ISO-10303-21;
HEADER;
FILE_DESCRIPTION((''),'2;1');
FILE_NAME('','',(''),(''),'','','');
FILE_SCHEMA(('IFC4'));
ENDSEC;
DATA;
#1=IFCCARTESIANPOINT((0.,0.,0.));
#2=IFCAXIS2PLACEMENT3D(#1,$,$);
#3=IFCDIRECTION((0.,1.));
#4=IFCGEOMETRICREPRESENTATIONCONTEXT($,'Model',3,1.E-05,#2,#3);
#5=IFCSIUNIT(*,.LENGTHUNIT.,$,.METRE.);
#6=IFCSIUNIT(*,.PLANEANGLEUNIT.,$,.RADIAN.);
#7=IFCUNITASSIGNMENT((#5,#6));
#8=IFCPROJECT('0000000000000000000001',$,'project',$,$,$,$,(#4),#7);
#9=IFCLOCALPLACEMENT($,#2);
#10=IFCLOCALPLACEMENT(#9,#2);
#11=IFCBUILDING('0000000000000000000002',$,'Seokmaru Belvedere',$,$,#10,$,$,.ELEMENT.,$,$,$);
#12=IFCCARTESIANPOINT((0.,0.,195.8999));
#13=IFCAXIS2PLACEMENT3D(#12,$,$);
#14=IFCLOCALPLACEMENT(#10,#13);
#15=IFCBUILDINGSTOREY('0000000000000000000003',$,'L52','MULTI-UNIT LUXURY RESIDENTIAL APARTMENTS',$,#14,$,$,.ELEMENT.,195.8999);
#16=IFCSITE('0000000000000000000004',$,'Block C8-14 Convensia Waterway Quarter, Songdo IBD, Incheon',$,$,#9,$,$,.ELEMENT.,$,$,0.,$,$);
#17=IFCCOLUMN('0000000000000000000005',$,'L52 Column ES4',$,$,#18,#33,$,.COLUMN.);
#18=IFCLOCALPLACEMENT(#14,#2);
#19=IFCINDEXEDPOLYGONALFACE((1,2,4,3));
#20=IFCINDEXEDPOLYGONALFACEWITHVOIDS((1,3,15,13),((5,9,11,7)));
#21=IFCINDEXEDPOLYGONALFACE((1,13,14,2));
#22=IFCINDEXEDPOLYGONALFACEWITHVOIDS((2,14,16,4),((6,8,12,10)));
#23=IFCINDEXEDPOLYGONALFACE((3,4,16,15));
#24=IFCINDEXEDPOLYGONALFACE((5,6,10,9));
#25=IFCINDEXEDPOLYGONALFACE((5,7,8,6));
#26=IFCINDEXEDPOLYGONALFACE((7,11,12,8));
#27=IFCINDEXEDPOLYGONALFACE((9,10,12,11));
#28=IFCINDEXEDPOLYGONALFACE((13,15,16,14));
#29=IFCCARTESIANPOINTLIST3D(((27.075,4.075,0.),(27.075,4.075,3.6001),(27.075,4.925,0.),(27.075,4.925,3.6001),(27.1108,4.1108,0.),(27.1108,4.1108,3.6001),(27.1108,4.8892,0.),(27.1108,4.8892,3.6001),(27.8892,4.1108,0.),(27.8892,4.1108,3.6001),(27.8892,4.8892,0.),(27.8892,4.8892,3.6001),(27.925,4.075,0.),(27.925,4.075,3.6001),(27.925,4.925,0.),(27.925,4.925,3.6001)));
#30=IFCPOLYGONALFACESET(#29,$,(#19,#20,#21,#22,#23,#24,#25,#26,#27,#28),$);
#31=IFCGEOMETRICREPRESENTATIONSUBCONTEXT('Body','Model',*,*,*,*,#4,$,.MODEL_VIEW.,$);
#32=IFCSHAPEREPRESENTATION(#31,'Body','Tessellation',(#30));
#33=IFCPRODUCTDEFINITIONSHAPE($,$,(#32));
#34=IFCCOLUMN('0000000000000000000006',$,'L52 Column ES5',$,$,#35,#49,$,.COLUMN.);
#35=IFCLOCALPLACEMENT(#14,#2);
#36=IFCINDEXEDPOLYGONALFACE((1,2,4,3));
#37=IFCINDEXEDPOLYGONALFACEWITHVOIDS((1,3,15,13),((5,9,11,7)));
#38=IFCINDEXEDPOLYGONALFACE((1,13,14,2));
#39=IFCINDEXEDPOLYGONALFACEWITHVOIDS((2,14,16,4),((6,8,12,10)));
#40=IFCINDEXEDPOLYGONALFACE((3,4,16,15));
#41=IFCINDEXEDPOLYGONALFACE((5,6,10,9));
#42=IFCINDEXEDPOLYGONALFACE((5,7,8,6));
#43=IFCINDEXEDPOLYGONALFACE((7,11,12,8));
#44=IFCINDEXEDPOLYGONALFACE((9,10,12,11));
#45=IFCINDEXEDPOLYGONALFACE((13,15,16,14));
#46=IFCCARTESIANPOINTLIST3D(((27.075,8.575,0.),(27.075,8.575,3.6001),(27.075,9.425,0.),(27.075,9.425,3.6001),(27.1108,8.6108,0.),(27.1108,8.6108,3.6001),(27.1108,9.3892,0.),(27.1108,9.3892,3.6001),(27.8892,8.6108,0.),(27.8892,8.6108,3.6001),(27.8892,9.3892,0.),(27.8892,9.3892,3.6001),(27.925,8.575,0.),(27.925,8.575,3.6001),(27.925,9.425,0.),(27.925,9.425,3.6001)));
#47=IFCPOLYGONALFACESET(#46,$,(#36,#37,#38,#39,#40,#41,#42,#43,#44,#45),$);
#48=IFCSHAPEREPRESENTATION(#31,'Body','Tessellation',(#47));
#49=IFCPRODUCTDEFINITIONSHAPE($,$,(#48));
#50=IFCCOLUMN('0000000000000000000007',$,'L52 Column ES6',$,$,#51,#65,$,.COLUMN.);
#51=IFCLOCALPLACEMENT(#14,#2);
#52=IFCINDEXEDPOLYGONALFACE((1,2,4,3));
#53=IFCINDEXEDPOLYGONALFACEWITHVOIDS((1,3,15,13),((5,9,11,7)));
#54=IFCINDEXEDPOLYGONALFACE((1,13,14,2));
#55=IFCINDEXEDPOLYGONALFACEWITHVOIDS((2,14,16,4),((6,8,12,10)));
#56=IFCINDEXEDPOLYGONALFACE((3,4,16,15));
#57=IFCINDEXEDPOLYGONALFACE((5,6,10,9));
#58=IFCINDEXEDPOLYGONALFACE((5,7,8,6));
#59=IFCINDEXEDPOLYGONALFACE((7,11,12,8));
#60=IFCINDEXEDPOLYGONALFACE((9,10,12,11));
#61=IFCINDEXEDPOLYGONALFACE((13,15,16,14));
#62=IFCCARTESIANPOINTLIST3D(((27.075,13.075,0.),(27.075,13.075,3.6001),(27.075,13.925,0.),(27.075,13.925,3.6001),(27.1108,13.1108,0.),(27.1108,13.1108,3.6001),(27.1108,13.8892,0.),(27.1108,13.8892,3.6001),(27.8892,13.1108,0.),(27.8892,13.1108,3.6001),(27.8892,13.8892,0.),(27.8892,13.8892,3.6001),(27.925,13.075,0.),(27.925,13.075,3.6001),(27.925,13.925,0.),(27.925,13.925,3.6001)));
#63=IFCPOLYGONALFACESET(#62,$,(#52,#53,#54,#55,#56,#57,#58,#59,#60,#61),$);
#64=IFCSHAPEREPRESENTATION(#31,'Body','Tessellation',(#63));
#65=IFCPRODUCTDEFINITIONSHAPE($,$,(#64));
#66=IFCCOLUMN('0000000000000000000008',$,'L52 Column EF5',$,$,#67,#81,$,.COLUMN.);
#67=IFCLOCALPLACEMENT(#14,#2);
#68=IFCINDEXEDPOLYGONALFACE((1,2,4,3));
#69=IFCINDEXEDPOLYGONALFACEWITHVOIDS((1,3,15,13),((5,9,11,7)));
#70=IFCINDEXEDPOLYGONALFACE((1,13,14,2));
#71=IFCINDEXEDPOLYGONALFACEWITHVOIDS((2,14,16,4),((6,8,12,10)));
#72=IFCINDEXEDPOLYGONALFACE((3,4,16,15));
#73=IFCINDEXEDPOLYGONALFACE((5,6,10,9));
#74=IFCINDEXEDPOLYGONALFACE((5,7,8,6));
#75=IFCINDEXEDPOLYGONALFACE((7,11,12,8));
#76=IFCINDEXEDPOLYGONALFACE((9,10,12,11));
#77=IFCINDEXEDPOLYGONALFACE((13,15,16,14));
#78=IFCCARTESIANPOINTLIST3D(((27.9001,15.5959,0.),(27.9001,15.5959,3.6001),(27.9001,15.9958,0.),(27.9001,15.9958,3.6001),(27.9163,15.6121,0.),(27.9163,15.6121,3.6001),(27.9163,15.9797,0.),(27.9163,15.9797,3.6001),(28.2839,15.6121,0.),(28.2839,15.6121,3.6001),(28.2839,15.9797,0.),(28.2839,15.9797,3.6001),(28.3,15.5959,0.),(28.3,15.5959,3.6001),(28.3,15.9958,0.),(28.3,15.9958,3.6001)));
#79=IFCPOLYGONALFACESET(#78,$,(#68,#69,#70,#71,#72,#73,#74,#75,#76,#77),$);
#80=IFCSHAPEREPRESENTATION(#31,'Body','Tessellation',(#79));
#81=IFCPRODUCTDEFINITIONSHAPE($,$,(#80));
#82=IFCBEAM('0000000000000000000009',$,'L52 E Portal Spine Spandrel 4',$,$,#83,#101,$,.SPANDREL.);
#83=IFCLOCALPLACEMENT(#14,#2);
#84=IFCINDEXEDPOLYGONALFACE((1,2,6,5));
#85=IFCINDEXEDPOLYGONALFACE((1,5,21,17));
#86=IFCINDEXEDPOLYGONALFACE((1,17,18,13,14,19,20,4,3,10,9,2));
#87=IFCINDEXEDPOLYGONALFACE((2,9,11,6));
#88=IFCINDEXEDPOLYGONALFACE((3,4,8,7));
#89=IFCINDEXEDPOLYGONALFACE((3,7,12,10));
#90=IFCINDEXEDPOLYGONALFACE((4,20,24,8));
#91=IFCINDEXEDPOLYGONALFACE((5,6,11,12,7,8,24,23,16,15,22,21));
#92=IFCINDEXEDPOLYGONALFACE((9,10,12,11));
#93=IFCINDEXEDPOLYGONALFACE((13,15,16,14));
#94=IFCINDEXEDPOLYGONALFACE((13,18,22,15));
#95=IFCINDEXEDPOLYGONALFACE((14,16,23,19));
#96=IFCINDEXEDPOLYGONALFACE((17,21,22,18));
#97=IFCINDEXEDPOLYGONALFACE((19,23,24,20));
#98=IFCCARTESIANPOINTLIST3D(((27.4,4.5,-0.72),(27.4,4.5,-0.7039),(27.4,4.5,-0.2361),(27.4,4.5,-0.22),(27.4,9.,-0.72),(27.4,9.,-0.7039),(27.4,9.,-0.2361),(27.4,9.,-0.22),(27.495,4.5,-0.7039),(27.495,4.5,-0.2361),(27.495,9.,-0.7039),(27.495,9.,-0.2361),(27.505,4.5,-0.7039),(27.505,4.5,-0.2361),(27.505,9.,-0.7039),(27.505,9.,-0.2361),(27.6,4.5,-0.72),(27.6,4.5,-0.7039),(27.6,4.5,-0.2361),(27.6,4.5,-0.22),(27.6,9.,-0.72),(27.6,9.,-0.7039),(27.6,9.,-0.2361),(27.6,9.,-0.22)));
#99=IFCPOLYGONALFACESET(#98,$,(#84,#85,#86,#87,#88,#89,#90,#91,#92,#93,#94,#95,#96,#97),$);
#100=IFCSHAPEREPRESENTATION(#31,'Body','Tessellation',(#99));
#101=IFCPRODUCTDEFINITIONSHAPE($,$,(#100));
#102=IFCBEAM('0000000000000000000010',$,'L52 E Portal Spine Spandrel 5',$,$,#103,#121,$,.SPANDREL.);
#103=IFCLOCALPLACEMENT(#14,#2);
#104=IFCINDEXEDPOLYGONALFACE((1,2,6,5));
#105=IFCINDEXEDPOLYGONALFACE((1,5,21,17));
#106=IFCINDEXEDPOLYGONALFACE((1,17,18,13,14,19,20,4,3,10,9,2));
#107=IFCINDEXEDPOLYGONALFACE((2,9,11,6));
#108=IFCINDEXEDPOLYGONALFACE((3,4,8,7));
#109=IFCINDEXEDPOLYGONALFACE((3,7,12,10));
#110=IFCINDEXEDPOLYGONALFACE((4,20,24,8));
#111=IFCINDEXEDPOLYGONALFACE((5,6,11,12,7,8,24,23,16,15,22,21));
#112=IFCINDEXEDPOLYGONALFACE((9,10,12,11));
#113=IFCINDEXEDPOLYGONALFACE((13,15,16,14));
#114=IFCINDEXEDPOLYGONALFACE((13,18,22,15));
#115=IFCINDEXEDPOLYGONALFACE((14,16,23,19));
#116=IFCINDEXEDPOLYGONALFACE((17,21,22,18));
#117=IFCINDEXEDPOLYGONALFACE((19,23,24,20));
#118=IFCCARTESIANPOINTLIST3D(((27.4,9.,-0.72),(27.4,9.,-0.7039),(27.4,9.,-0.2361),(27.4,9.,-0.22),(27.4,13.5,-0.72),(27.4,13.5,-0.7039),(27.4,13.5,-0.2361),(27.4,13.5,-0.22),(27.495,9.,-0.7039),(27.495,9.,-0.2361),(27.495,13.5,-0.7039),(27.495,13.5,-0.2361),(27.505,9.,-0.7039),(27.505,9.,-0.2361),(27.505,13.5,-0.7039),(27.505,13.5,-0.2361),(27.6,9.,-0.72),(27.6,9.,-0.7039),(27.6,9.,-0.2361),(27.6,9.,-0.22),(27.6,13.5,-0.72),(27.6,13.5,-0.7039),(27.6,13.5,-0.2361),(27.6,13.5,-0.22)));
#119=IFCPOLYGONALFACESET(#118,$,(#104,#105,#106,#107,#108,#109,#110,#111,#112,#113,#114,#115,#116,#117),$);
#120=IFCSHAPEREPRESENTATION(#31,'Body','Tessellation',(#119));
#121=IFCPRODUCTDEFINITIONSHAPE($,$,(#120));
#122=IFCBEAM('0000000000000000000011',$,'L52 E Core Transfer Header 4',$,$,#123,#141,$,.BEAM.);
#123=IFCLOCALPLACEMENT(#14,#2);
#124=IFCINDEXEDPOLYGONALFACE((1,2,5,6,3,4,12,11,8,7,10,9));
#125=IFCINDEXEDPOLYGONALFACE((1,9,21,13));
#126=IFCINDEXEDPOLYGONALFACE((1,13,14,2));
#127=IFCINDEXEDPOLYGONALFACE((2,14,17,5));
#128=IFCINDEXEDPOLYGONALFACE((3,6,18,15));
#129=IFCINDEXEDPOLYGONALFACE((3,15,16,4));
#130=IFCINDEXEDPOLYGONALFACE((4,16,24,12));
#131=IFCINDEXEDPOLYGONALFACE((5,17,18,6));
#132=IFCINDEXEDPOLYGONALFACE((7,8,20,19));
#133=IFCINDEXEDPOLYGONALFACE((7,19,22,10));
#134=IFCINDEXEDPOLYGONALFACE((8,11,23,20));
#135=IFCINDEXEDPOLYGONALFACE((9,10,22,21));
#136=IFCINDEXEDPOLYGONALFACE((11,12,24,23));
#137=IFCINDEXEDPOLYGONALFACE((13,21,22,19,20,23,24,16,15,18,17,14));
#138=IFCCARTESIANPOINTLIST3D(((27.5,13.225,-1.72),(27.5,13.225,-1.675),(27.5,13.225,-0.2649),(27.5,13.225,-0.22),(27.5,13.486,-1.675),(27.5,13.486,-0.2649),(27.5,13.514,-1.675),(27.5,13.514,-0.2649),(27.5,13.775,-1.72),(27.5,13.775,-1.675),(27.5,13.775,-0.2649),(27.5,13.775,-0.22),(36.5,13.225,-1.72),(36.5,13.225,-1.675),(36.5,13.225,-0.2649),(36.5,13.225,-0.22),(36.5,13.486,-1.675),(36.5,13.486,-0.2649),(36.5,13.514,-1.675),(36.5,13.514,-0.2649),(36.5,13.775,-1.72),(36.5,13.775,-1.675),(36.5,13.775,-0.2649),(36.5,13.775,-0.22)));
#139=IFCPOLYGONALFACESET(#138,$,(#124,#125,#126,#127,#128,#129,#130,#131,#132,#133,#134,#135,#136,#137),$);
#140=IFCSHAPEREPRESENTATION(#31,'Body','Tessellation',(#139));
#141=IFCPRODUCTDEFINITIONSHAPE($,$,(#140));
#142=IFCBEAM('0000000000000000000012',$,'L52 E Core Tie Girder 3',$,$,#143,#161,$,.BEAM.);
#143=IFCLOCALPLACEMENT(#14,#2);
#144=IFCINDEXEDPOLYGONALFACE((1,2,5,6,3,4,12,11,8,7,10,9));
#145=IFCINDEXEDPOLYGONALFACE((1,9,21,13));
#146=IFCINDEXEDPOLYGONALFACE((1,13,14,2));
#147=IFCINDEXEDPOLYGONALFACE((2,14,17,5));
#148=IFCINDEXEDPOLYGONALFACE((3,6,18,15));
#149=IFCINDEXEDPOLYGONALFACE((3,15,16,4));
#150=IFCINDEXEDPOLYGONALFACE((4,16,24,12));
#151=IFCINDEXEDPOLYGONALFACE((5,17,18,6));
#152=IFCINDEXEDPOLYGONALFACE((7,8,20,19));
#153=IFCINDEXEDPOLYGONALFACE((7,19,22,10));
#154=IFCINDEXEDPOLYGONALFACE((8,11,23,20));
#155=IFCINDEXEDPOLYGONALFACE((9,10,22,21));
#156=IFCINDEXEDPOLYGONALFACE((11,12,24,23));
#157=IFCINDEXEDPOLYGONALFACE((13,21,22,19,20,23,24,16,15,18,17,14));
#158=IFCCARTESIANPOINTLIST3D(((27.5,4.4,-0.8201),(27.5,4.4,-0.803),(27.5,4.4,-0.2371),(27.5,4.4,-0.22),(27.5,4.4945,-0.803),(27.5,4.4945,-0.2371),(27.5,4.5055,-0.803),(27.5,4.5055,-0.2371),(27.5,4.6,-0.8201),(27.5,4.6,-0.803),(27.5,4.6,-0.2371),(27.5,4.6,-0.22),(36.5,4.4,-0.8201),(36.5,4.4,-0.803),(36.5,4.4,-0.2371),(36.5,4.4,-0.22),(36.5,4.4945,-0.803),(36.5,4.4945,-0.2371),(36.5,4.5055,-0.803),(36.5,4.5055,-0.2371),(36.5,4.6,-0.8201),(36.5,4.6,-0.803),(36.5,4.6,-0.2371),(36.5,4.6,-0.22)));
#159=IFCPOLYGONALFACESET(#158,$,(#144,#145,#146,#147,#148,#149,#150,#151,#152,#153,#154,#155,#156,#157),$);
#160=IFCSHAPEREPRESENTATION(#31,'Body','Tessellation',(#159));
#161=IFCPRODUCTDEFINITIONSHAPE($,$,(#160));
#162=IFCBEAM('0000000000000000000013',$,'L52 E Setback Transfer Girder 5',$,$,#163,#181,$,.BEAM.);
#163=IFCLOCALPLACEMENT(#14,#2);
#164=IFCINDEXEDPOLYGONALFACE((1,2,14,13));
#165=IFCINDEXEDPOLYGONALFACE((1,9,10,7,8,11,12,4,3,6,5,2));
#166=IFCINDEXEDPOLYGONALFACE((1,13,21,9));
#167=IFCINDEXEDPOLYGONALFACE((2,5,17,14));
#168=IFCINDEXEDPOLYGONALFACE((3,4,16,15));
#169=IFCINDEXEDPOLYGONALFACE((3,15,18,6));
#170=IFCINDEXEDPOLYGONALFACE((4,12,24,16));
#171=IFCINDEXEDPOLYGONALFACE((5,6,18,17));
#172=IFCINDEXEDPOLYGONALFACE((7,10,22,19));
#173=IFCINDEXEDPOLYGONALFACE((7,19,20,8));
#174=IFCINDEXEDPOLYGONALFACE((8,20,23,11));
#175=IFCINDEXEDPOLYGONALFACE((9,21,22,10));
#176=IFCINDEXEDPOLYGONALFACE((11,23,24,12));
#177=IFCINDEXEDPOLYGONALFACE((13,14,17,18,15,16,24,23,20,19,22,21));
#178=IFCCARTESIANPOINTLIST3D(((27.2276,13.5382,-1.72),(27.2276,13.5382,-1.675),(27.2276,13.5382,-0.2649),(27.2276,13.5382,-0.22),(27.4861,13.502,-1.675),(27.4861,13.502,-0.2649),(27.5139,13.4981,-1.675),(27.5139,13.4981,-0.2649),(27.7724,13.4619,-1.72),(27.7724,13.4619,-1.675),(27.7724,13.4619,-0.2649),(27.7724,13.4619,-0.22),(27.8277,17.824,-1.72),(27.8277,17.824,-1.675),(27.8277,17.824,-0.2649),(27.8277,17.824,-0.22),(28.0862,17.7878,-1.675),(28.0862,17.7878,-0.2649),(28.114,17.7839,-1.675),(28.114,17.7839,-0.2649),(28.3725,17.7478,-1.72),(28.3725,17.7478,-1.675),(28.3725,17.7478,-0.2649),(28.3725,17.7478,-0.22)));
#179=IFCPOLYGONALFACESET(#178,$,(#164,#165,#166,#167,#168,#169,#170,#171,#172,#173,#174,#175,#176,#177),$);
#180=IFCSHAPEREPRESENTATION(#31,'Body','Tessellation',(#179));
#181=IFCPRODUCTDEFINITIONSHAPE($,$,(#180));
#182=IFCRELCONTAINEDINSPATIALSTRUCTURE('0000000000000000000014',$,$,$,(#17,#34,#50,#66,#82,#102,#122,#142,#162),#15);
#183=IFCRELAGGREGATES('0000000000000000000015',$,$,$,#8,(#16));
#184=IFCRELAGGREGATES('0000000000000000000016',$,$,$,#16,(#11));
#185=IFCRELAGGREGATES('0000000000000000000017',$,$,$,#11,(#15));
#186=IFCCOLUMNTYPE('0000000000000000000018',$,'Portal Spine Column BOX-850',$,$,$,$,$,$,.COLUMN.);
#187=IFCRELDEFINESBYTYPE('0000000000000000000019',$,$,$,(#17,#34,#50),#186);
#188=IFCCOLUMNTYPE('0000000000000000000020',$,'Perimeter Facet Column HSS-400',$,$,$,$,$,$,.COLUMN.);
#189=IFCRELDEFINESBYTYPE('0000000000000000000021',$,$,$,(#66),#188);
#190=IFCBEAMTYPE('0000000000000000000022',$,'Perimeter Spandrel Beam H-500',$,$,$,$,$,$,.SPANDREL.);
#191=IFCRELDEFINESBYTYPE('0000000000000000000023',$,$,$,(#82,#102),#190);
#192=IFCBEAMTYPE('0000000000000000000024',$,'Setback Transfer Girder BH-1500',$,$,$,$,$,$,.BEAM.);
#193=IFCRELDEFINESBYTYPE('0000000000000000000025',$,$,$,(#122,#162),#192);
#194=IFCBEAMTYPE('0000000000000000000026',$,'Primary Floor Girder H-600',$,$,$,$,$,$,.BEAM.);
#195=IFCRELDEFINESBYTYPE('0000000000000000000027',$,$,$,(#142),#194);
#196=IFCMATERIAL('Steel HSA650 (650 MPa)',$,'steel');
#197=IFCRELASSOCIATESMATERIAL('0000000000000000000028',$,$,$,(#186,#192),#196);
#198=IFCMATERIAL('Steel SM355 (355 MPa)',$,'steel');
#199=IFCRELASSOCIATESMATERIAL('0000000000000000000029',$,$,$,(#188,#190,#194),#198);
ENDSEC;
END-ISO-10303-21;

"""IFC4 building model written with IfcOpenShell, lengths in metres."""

from ifc_helpers import new_model, si_unit, direction, frame, origin, origin_2d, place, context, subcontext, project, spatial, hollow_rectangle, i_section, extrude, source, transform, mapped, material, material_profile, profile_set, type_object, type_shapes, element, save


model = new_model("IFC4")

# Units and contexts
model_context = context("Model", 3, precision=1e-05, world=origin(), true_north=direction((0.0, 1.0)))
body_context = subcontext(model_context, "Body", "Model", "MODEL_VIEW")
ifc_project = project(units=[si_unit("LENGTHUNIT", "METRE"), si_unit("PLANEANGLEUNIT", "RADIAN")], contexts=[model_context])

# Site, building, storey
site_placement = place(None, origin())
site = spatial("IfcSite", under=ifc_project, at=site_placement, Name="Block C8-14 Convensia Waterway Quarter, Songdo IBD, Incheon", CompositionType="ELEMENT", RefElevation=0.0)
building_placement = place(site_placement, origin())
building = spatial("IfcBuilding", under=site, at=building_placement, Name="Seokmaru Belvedere", CompositionType="ELEMENT")
storey_placement = place(building_placement, frame((0.0, 0.0, 195.8999)))
storey = spatial("IfcBuildingStorey", under=building, at=storey_placement, Name="L52", Description="MULTI-UNIT LUXURY RESIDENTIAL APARTMENTS", CompositionType="ELEMENT", Elevation=195.8999)

# Columns
ifc_material_1 = material(Name="Steel HSA650 (650 MPa)", Category="steel")
ifc_material_profile_1 = material_profile(ifc_material_1, hollow_rectangle(XDim=0.8501, YDim=0.8501, WallThickness=0.0359, at=origin_2d()), Name="BOX-850x850x36")
ifc_profile_set_1 = profile_set([ifc_material_profile_1], Name="Steel HSA650 (650 MPa)")
column_type_1 = type_object("IfcColumnType", Name="Portal Spine Column BOX-850", PredefinedType="COLUMN", material=ifc_profile_set_1)
shared_shape_1 = source(origin(), body_context, "Body", "SweptSolid", [
    extrude(hollow_rectangle(XDim=0.8501, YDim=0.8501, WallThickness=0.0359, at=origin_2d()), origin(), (0.0, 0.0, 1.0), 3.6001),
])
type_shapes(column_type_1, [shared_shape_1])
for number, where, z_axis, x_axis, name in (
    (1, (27.5, 4.5, 0.0), (0.0, 0.0, 1.0), (1.0, 0.0, 0.0), "L52 Column ES4"),
    (2, (27.5, 9.0, 0.0), (0.0, 0.0, 1.0), (1.0, 0.0, 0.0), "L52 Column ES5"),
    (3, (27.5, 13.5, 0.0), (0.0, 0.0, 1.0), (1.0, 0.0, 0.0), "L52 Column ES6"),
):
    element("IfcColumn", number, at=place(storey_placement, frame(where, z_axis=z_axis, x_axis=x_axis)), inside=storey, type_object=column_type_1, Name=name, PredefinedType="COLUMN", context=body_context, shape_type="MappedRepresentation", body=[
        mapped(shared_shape_1, transform((0.0, 0.0, 0.0), scale=1.0)),
    ])
ifc_material_2 = material(Name="Steel SM355 (355 MPa)", Category="steel")
ifc_material_profile_2 = material_profile(ifc_material_2, hollow_rectangle(XDim=0.3999, YDim=0.3999, WallThickness=0.0161, at=origin_2d()), Name="HSS-400x400x16")
ifc_profile_set_2 = profile_set([ifc_material_profile_2], Name="Steel SM355 (355 MPa)")
column_type_2 = type_object("IfcColumnType", Name="Perimeter Facet Column HSS-400", PredefinedType="COLUMN", material=ifc_profile_set_2)
shared_shape_2 = source(origin(), body_context, "Body", "SweptSolid", [
    extrude(hollow_rectangle(XDim=0.3999, YDim=0.3999, WallThickness=0.0161, at=origin_2d()), origin(), (0.0, 0.0, 1.0), 3.6001),
])
type_shapes(column_type_2, [shared_shape_2])
column_placement = place(storey_placement, frame((28.1001, 15.7959, 0.0), z_axis=(0.0, 0.0, 1.0), x_axis=(1.0, 0.0, 0.0)))
element("IfcColumn", 4, at=column_placement, inside=storey, type_object=column_type_2, Name="L52 Column EF5", PredefinedType="COLUMN", context=body_context, shape_type="MappedRepresentation", body=[
    mapped(shared_shape_2, transform((0.0, 0.0, 0.0), scale=1.0)),
])

# Beams
ifc_material_profile_3 = material_profile(ifc_material_2, i_section(OverallWidth=0.2, OverallDepth=0.5, WebThickness=0.01, FlangeThickness=0.0161, at=origin_2d()), Name="H-500x200x10x16")
ifc_profile_set_3 = profile_set([ifc_material_profile_3], Name="Steel SM355 (355 MPa)")
beam_type_1 = type_object("IfcBeamType", Name="Perimeter Spandrel Beam H-500", PredefinedType="SPANDREL", material=ifc_profile_set_3)
shared_shape_3 = source(origin(), body_context, "Body", "SweptSolid", [
    extrude(i_section(OverallWidth=0.2, OverallDepth=0.5, WebThickness=0.01, FlangeThickness=0.0161, at=origin_2d()), origin(), (0.0, 0.0, 1.0), 4.5),
])
type_shapes(beam_type_1, [shared_shape_3])
for number, where, z_axis, x_axis, name in (
    (5, (27.5, 4.5, -0.47), (0.0, 1.0, 0.0), (-1.0, 0.0, 0.0), "L52 E Portal Spine Spandrel 4"),
    (6, (27.5, 9.0, -0.47), (0.0, 1.0, 0.0), (-1.0, 0.0, 0.0), "L52 E Portal Spine Spandrel 5"),
):
    element("IfcBeam", number, at=place(storey_placement, frame(where, z_axis=z_axis, x_axis=x_axis)), inside=storey, type_object=beam_type_1, Name=name, PredefinedType="SPANDREL", context=body_context, shape_type="MappedRepresentation", body=[
        mapped(shared_shape_3, transform((0.0, 0.0, 0.0), scale=1.0)),
    ])
ifc_material_profile_4 = material_profile(ifc_material_1, i_section(OverallWidth=0.55, OverallDepth=1.5, WebThickness=0.0281, FlangeThickness=0.0449, at=origin_2d()), Name="BH-1500x550x28x45")
ifc_profile_set_4 = profile_set([ifc_material_profile_4], Name="Steel HSA650 (650 MPa)")
beam_type_2 = type_object("IfcBeamType", Name="Setback Transfer Girder BH-1500", PredefinedType="BEAM", material=ifc_profile_set_4)
shared_shape_4 = source(origin(), body_context, "Body", "SweptSolid", [
    extrude(i_section(OverallWidth=0.55, OverallDepth=1.5, WebThickness=0.0281, FlangeThickness=0.0449, at=origin_2d()), origin(), (0.0, 0.0, 1.0), 9.0),
])
beam_1_placement = place(storey_placement, frame((27.5, 13.5, -0.97), z_axis=(1.0, 0.0, 0.0), x_axis=(0.0, 1.0, 0.0)))
element("IfcBeam", 7, at=beam_1_placement, inside=storey, type_object=beam_type_2, Name="L52 E Core Transfer Header 4", PredefinedType="BEAM", context=body_context, shape_type="MappedRepresentation", body=[
    mapped(shared_shape_4, transform((0.0, 0.0, 0.0), scale=1.0)),
])
ifc_material_profile_5 = material_profile(ifc_material_2, i_section(OverallWidth=0.2, OverallDepth=0.6001, WebThickness=0.011, FlangeThickness=0.0171, at=origin_2d()), Name="H-600x200x11x17")
ifc_profile_set_5 = profile_set([ifc_material_profile_5], Name="Steel SM355 (355 MPa)")
beam_type_3 = type_object("IfcBeamType", Name="Primary Floor Girder H-600", PredefinedType="BEAM", material=ifc_profile_set_5)
shared_shape_5 = source(origin(), body_context, "Body", "SweptSolid", [
    extrude(i_section(OverallWidth=0.2, OverallDepth=0.6001, WebThickness=0.011, FlangeThickness=0.0171, at=origin_2d()), origin(), (0.0, 0.0, 1.0), 9.0),
])
type_shapes(beam_type_3, [shared_shape_5])
beam_2_placement = place(storey_placement, frame((27.5, 4.5, -0.52), z_axis=(1.0, 0.0, 0.0), x_axis=(0.0, 1.0, 0.0)))
element("IfcBeam", 8, at=beam_2_placement, inside=storey, type_object=beam_type_3, Name="L52 E Core Tie Girder 3", PredefinedType="BEAM", context=body_context, shape_type="MappedRepresentation", body=[
    mapped(shared_shape_5, transform((0.0, 0.0, 0.0), scale=1.0)),
])
shared_shape_6 = source(origin(), body_context, "Body", "SweptSolid", [
    extrude(i_section(OverallWidth=0.55, OverallDepth=1.5, WebThickness=0.0281, FlangeThickness=0.0449, at=origin_2d()), origin(), (0.0, 0.0, 1.0), 4.3276),
])
type_shapes(beam_type_2, [shared_shape_4, shared_shape_6])
beam_3_placement = place(storey_placement, frame((28.1001, 17.7859, -0.97), z_axis=(-0.138664, -0.990339, 0.0), x_axis=(0.990339, -0.138664, 0.0)))
element("IfcBeam", 9, at=beam_3_placement, inside=storey, type_object=beam_type_2, Name="L52 E Setback Transfer Girder 5", PredefinedType="BEAM", context=body_context, shape_type="MappedRepresentation", body=[
    mapped(shared_shape_6, transform((0.0, 0.0, 0.0), scale=1.0)),
])

save(model, "model.ifc")
